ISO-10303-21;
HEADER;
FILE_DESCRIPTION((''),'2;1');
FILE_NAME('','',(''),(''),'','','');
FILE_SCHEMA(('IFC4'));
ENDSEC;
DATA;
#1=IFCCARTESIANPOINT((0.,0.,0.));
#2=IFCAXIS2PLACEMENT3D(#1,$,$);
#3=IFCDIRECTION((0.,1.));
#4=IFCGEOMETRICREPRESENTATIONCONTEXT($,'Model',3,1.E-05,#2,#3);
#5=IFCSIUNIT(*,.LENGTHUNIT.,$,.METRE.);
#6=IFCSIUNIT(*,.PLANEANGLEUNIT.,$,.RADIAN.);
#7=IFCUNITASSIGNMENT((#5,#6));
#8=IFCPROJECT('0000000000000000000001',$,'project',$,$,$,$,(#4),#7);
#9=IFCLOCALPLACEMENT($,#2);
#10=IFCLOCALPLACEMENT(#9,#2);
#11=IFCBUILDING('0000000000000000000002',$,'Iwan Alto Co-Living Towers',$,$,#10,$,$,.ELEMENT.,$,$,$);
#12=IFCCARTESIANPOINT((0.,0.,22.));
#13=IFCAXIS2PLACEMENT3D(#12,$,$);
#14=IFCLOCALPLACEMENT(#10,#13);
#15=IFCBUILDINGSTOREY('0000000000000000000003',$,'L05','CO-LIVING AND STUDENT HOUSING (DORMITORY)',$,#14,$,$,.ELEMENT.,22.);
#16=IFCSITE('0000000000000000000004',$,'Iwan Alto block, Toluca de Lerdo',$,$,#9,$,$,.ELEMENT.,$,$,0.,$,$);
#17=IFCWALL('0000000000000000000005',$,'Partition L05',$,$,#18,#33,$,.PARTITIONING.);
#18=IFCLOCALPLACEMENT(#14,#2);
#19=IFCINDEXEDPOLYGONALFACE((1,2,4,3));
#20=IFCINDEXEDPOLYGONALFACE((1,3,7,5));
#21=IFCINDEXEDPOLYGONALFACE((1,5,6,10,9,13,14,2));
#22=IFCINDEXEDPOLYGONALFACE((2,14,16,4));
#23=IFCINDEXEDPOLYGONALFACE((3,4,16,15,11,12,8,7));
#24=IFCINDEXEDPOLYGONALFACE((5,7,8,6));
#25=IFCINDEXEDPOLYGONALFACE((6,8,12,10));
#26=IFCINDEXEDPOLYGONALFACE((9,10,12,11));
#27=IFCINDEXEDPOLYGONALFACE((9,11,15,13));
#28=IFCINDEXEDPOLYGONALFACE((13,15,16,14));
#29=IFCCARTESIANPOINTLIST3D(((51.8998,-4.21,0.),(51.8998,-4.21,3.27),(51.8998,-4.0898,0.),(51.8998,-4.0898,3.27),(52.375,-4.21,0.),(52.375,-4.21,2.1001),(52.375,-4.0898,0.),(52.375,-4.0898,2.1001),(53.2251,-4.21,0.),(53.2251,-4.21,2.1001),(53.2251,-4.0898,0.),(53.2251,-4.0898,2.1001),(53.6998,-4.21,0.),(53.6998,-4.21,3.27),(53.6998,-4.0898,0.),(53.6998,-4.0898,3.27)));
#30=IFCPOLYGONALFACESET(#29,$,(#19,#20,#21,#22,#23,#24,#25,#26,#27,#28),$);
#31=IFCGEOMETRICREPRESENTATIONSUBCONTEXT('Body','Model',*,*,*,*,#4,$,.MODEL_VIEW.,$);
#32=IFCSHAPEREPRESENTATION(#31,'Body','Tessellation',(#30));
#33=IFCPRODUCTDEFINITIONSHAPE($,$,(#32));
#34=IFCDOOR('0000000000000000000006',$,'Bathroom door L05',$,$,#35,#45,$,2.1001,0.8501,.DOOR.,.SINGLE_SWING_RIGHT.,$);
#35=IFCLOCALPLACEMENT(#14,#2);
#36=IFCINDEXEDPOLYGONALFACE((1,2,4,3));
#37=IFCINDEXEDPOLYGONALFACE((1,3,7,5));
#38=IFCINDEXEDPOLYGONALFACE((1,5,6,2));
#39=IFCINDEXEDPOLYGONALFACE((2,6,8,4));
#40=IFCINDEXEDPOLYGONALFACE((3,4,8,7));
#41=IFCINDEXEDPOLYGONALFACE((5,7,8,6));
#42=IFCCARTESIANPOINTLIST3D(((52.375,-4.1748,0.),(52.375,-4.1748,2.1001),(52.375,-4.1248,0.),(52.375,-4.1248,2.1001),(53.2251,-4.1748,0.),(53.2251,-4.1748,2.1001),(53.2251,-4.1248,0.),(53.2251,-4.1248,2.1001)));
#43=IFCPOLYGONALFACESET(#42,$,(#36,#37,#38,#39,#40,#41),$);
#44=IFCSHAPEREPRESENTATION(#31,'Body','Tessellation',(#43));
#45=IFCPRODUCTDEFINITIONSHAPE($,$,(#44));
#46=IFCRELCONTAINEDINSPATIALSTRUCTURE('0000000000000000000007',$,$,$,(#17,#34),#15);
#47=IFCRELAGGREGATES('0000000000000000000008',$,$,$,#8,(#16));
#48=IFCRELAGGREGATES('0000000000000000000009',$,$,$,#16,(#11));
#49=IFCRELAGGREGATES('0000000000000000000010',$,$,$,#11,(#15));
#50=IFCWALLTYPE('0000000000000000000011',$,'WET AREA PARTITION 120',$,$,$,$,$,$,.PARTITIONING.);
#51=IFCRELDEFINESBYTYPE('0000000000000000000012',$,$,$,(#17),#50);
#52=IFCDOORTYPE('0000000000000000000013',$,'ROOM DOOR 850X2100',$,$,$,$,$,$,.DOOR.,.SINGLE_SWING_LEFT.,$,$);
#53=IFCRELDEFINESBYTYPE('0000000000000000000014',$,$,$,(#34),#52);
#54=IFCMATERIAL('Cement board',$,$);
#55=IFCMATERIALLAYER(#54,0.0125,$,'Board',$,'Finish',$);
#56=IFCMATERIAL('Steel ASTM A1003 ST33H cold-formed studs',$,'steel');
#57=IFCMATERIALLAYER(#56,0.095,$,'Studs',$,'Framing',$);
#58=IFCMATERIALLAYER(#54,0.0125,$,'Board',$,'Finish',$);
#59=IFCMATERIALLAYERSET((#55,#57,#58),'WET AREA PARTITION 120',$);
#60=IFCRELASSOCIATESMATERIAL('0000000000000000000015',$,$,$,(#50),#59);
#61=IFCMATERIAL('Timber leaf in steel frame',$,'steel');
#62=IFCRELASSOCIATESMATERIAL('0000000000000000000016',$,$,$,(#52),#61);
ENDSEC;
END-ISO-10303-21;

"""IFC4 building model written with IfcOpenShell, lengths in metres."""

from ifc_helpers import new_model, si_unit, direction, frame, frame_2d, origin, place, context, subcontext, project, spatial, rectangle, extrude, material, layer, layer_set, type_object, element, fill, save


model = new_model("IFC4")

# Units and contexts
model_context = context("Model", 3, precision=1e-05, world=origin(), true_north=direction((0.0, 1.0)))
body_context = subcontext(model_context, "Body", "Model", "MODEL_VIEW")
ifc_project = project(units=[si_unit("LENGTHUNIT", "METRE"), si_unit("PLANEANGLEUNIT", "RADIAN")], contexts=[model_context])

# Site, building, storey
site_placement = place(None, origin())
site = spatial("IfcSite", under=ifc_project, at=site_placement, Name="Iwan Alto block, Toluca de Lerdo", CompositionType="ELEMENT", RefElevation=0.0)
building_placement = place(site_placement, origin())
building = spatial("IfcBuilding", under=site, at=building_placement, Name="Iwan Alto Co-Living Towers", CompositionType="ELEMENT")
storey_placement = place(building_placement, frame((0.0, 0.0, 22.0)))
storey = spatial("IfcBuildingStorey", under=building, at=storey_placement, Name="L05", Description="CO-LIVING AND STUDENT HOUSING (DORMITORY)", CompositionType="ELEMENT", Elevation=22.0)

# Shared definitions
ifc_material_1 = material(Name="Steel ASTM A1003 ST33H cold-formed studs", Category="steel")

# Wall, opening, door
ifc_material_2 = material(Name="Cement board")
ifc_layer_1 = layer(ifc_material_2, 0.0125, Name="Board", Category="Finish")
ifc_layer_2 = layer(ifc_material_1, 0.095, Name="Studs", Category="Framing")
ifc_layer_3 = layer(ifc_material_2, 0.0125, Name="Board", Category="Finish")
ifc_layer_set_1 = layer_set([ifc_layer_1, ifc_layer_2, ifc_layer_3], Name="WET AREA PARTITION 120")
wall_type_1 = type_object("IfcWallType", Name="WET AREA PARTITION 120", PredefinedType="PARTITIONING", material=ifc_layer_set_1)
wall_1_placement = place(storey_placement, frame((51.8999, -4.1499, 0.0), z_axis=(0.0, 0.0, 1.0), x_axis=(1.0, 0.0, 0.0)))
wall_1 = element("IfcWall", 1, at=wall_1_placement, inside=storey, type_object=wall_type_1, Name="Partition L05", PredefinedType="PARTITIONING", context=body_context, shape_type="SweptSolid", body=[
    extrude(rectangle(XDim=1.8, YDim=0.1201, at=frame_2d((0.8999, 0.0))), origin(), (0.0, 0.0, 1.0), 3.27),
])
opening_1_placement = place(wall_1_placement, frame((0.4751, 0.0, 0.0)))
opening_1 = element("IfcOpeningElement", 2, at=opening_1_placement, cuts=wall_1, PredefinedType="OPENING", context=body_context, shape_type="SweptSolid", body=[
    extrude(rectangle(XDim=0.8501, YDim=2.1001, at=frame_2d((0.425, 1.05))), frame((0.0, 0.0701, 0.0), z_axis=(0.0, -1.0, 0.0), x_axis=(1.0, 0.0, 0.0)), (0.0, 0.0, 1.0), 0.1401),
])
ifc_material_3 = material(Name="Timber leaf in steel frame", Category="steel")
door_type_1 = type_object("IfcDoorType", Name="ROOM DOOR 850X2100", OperationType="SINGLE_SWING_LEFT", PredefinedType="DOOR", material=ifc_material_3)
door_1_placement = place(opening_1_placement, frame((0.8501, 0.0, 0.0), z_axis=(0.0, 0.0, 1.0), x_axis=(-1.0, 0.0, 0.0)))
door_1 = element("IfcDoor", 3, at=door_1_placement, inside=storey, type_object=door_type_1, Name="Bathroom door L05", OperationType="SINGLE_SWING_RIGHT", OverallHeight=2.1001, OverallWidth=0.8501, PredefinedType="DOOR", context=body_context, shape_type="SweptSolid", body=[
    extrude(rectangle(XDim=0.8501, YDim=2.1001, at=frame_2d((0.425, 1.05))), frame((0.0, 0.0249, 0.0), z_axis=(0.0, -1.0, 0.0), x_axis=(1.0, 0.0, 0.0)), (0.0, 0.0, 1.0), 0.05),
])
fill(opening_1, door_1)

save(model, "model.ifc")
